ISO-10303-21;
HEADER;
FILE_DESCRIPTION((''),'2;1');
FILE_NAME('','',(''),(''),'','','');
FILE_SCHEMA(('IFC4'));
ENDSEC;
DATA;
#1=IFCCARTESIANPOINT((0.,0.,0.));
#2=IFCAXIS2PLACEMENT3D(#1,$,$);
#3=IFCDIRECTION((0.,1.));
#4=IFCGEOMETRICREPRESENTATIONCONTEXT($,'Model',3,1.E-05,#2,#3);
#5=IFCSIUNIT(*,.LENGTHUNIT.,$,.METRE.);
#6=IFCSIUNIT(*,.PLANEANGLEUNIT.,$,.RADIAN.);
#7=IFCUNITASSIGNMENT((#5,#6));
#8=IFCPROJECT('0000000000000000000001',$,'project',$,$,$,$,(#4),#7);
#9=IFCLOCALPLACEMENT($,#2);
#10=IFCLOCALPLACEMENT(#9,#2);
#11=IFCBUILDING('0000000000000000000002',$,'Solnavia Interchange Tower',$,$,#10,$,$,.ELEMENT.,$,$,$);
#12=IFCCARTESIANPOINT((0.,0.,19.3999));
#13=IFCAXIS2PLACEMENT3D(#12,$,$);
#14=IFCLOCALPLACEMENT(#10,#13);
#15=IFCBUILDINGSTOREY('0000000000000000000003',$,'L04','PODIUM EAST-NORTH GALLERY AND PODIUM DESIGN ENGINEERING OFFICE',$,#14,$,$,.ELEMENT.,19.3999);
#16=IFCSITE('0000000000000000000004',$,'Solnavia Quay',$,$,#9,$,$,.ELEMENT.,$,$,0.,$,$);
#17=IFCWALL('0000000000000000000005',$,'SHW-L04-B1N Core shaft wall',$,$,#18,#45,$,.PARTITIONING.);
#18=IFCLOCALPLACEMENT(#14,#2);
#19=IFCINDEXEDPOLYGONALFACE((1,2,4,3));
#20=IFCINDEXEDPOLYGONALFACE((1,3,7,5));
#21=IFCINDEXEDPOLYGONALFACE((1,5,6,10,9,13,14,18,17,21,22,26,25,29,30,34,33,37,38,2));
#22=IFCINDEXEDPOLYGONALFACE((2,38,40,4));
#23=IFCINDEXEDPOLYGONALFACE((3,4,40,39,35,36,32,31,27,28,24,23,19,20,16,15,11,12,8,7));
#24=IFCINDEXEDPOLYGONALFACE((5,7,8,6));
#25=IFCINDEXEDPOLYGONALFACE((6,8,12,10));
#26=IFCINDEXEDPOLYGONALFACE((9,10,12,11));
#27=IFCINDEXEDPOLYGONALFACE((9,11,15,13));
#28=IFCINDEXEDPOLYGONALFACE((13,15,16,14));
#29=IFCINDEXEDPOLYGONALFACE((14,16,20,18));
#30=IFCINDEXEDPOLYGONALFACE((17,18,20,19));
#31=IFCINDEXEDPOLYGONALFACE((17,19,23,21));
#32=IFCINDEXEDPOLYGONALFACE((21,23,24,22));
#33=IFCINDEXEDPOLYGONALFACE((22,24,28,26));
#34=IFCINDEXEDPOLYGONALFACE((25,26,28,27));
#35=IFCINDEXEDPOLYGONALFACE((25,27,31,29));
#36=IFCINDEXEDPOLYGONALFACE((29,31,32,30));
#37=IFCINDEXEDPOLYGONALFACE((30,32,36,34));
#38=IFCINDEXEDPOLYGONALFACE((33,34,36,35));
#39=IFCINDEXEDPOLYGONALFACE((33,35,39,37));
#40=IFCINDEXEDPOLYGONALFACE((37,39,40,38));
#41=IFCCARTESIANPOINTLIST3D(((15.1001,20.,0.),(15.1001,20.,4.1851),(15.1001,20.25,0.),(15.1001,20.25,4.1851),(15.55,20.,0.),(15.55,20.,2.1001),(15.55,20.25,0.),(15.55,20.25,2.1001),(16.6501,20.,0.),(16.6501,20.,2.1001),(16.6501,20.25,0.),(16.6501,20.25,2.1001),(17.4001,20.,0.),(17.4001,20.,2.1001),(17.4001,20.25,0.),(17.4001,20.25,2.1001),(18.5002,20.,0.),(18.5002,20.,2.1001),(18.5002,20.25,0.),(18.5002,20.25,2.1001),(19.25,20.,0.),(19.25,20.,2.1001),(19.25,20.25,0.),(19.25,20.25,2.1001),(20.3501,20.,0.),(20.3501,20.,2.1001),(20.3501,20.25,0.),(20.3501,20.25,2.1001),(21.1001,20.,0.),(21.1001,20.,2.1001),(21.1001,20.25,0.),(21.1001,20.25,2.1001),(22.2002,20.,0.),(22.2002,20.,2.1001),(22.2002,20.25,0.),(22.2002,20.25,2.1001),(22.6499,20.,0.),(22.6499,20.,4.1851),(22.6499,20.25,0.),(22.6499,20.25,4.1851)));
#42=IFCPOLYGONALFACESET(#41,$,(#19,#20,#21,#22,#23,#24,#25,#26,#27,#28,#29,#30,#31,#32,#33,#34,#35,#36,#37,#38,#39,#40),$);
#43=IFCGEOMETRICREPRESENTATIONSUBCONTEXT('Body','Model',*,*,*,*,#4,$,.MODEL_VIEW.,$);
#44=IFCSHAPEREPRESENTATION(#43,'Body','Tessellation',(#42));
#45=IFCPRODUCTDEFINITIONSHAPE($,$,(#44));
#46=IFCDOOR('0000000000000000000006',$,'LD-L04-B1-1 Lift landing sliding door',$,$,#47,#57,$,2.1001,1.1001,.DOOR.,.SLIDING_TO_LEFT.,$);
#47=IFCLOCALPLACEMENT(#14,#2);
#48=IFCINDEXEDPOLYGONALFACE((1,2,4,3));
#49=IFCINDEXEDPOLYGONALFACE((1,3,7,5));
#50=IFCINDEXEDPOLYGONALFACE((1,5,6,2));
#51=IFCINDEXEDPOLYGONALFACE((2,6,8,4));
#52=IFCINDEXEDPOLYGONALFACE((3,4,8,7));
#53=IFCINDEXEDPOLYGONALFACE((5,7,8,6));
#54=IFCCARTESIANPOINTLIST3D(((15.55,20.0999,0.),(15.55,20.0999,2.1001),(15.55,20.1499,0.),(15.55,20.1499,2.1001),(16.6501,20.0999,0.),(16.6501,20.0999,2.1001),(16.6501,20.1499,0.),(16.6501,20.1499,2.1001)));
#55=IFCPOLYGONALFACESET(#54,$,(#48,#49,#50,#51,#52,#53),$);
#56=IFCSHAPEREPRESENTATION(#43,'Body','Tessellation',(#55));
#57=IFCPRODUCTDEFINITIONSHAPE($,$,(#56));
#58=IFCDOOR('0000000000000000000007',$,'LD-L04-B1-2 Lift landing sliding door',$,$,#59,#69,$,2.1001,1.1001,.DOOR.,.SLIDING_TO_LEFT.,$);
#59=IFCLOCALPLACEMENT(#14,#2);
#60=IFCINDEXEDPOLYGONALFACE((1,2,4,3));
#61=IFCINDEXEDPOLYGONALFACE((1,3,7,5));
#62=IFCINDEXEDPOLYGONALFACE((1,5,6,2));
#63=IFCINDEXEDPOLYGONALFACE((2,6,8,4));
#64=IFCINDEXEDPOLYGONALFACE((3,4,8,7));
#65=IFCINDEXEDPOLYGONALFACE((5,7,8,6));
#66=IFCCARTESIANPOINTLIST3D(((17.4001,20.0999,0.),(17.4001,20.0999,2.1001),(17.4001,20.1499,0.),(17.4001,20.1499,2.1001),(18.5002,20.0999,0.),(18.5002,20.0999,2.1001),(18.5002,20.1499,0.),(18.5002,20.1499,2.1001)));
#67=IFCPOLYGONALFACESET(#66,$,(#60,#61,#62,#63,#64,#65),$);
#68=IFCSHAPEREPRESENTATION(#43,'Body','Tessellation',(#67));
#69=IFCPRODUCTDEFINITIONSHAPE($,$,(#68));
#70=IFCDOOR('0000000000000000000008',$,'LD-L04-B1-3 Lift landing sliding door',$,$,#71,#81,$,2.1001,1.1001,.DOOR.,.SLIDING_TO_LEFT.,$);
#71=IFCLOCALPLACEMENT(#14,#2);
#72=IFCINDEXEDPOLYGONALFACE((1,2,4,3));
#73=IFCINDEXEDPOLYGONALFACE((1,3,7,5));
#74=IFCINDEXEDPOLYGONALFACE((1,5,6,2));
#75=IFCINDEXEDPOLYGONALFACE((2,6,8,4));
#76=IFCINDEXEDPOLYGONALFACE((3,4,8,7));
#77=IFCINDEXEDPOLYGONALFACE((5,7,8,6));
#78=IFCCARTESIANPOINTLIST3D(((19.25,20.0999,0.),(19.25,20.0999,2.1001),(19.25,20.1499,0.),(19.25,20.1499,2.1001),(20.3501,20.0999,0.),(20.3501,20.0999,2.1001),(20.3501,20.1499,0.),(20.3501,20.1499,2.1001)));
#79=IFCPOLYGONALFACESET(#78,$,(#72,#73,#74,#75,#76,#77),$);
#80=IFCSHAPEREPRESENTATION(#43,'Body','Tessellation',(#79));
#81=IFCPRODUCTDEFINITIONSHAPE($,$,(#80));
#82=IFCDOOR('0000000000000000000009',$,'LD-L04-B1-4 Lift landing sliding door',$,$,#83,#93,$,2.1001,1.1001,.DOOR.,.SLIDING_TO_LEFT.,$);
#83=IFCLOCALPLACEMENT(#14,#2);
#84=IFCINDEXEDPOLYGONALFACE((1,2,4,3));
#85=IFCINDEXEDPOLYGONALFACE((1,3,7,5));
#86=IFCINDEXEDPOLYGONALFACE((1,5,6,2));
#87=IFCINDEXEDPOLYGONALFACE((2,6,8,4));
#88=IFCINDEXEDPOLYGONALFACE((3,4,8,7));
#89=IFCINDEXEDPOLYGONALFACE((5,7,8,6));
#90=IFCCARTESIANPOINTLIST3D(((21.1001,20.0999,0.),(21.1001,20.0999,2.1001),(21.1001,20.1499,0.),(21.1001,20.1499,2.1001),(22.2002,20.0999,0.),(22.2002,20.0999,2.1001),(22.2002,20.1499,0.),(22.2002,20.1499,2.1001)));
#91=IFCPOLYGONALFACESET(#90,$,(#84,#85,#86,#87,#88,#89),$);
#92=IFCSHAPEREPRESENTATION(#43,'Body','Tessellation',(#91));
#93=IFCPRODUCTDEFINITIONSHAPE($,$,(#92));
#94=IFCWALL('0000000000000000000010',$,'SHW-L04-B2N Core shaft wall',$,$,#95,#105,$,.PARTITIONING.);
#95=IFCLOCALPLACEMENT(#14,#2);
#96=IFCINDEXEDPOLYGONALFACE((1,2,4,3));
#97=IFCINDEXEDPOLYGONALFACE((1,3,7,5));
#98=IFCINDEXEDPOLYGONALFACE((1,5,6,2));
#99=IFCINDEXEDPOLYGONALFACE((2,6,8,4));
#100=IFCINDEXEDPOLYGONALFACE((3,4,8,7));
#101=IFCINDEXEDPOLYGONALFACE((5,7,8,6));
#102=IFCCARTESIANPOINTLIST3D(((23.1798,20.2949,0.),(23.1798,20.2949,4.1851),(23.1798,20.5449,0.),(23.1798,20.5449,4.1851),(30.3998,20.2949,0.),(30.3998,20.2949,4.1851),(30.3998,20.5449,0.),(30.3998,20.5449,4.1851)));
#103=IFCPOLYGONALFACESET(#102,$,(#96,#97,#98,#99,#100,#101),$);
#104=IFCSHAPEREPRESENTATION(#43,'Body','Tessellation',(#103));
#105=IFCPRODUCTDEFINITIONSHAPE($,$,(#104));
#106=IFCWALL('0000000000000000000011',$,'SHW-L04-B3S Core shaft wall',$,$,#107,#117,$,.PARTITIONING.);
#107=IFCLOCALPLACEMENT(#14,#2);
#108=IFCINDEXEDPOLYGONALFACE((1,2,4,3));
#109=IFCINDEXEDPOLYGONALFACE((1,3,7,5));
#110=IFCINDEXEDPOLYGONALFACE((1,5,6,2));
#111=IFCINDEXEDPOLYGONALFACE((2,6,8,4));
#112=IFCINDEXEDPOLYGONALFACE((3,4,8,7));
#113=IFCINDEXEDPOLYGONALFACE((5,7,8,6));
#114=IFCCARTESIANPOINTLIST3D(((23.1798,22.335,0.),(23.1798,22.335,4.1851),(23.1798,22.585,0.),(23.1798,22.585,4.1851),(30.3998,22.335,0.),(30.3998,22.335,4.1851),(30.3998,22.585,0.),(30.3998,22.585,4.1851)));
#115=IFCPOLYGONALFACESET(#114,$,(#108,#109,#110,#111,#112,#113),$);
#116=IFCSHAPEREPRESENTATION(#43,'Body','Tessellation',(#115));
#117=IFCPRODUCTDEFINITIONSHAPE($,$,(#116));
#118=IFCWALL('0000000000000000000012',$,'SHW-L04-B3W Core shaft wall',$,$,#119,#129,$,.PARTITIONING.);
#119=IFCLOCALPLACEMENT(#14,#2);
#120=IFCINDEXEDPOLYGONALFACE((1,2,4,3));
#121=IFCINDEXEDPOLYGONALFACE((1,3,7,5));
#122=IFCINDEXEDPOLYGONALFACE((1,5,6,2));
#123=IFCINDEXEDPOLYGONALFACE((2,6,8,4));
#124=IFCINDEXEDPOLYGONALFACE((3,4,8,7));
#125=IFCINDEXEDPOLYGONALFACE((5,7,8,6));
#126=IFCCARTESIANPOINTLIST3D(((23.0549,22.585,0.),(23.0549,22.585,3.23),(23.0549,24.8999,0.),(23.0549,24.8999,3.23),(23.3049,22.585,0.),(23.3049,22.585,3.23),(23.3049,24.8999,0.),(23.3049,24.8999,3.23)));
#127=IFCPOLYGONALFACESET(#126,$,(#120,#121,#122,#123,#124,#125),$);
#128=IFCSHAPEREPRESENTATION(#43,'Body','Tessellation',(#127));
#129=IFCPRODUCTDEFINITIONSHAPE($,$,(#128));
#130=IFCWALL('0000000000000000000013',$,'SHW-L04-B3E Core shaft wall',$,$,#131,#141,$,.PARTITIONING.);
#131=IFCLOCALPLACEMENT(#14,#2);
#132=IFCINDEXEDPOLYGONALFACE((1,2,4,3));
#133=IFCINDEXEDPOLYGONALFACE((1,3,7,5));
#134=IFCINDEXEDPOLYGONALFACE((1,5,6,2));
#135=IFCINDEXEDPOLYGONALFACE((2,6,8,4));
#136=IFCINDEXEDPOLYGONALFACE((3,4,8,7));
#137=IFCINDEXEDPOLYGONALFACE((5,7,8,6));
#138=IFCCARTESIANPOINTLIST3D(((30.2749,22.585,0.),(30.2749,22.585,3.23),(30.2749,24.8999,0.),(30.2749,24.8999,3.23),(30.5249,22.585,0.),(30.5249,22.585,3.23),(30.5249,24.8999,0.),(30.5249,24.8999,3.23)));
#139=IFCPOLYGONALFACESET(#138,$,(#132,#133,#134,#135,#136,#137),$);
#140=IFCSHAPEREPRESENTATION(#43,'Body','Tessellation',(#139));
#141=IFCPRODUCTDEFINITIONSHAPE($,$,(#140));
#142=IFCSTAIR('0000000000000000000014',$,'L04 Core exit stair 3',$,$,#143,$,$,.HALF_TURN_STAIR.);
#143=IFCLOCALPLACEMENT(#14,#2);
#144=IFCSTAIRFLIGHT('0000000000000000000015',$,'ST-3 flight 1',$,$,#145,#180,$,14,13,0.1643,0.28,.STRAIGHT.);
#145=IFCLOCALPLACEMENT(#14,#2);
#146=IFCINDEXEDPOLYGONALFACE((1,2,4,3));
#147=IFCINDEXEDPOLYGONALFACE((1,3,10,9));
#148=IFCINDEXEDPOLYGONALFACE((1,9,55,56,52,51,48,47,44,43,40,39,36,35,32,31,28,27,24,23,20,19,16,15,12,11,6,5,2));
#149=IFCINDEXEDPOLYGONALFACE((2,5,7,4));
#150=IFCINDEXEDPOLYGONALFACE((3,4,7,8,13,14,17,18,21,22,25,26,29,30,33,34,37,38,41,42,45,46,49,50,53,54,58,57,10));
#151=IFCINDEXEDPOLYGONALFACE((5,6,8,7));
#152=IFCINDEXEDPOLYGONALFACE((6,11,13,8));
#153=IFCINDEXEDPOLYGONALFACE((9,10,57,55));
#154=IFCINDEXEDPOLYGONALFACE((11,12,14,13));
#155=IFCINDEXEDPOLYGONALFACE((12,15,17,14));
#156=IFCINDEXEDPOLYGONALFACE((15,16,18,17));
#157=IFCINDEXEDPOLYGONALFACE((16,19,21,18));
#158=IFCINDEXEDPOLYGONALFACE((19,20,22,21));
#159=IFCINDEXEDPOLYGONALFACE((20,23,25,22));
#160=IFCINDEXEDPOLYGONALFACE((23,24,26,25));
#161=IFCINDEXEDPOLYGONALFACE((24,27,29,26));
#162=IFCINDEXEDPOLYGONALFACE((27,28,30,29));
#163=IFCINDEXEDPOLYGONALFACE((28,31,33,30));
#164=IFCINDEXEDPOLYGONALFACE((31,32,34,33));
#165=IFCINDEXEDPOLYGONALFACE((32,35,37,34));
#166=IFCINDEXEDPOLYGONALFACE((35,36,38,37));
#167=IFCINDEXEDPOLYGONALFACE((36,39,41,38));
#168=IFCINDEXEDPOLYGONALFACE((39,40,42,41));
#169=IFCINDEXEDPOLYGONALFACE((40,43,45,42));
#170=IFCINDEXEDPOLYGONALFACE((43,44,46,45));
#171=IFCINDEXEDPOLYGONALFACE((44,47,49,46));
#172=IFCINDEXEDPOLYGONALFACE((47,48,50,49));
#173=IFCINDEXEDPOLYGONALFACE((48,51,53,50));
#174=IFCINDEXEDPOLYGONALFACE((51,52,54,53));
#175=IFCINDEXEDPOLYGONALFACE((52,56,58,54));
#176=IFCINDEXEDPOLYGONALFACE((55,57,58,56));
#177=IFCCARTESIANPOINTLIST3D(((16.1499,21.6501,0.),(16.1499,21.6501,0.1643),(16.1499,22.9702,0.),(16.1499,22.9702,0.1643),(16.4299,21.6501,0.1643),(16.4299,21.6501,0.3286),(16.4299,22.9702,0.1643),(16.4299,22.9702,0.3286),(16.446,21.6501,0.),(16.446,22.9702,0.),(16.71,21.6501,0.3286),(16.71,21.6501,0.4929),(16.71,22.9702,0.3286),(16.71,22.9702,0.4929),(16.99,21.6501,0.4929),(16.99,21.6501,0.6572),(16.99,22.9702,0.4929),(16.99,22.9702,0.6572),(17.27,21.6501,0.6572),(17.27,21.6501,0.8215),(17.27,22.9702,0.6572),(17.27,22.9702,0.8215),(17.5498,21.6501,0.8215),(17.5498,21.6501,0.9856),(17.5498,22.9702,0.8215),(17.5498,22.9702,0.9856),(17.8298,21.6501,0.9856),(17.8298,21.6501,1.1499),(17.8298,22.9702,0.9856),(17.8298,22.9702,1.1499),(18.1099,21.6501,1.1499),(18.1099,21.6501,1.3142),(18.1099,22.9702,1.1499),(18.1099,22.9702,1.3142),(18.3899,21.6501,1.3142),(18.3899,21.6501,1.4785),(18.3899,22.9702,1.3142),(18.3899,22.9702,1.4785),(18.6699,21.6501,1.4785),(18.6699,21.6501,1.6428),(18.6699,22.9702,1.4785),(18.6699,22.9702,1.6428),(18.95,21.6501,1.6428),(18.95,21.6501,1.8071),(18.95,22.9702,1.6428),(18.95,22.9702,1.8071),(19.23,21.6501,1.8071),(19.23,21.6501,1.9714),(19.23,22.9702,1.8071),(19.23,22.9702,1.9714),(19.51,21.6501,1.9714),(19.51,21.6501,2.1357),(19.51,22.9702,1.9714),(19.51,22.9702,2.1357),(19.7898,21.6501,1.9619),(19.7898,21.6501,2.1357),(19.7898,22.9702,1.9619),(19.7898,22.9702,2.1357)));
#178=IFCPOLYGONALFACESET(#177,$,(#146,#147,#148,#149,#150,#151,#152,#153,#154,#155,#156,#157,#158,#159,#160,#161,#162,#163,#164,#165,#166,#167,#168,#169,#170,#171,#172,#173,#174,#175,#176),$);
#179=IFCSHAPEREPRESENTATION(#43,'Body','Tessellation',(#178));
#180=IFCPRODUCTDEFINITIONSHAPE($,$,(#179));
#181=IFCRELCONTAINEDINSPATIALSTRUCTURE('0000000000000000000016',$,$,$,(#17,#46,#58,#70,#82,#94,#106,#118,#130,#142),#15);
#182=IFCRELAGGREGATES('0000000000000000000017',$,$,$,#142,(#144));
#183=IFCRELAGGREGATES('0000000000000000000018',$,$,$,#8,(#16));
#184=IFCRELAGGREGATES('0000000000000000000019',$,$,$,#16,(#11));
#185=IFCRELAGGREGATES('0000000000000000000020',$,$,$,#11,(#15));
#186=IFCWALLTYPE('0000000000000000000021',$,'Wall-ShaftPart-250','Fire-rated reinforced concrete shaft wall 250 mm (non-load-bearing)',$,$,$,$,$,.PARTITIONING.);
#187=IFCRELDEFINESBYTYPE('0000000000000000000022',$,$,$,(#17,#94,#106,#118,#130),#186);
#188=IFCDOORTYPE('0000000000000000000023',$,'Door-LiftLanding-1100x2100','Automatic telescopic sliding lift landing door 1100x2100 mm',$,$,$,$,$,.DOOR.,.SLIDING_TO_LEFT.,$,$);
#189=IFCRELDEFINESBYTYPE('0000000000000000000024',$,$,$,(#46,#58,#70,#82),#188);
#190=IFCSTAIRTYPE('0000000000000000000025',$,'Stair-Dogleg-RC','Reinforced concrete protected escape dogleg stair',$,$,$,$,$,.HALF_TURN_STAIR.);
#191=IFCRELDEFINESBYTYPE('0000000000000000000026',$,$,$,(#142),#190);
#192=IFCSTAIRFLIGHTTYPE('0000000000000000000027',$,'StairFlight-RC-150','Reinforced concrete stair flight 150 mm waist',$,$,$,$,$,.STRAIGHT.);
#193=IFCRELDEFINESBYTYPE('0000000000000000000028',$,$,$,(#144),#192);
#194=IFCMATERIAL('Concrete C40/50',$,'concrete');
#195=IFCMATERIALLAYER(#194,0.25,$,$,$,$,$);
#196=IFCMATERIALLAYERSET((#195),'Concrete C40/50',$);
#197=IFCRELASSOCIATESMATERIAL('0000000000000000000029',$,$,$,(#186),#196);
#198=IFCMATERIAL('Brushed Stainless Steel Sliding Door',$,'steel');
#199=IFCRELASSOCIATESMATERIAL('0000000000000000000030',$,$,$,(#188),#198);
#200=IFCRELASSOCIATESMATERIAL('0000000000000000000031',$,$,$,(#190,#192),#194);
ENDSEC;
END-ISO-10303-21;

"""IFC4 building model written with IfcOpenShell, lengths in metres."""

from ifc_helpers import new_model, si_unit, direction, frame, frame_2d, origin, place, context, subcontext, project, spatial, polyline, rectangle, outline, extrude, material, layer, layer_set, type_object, element, fill, aggregate, save


model = new_model("IFC4")

# Units and contexts
model_context = context("Model", 3, precision=1e-05, world=origin(), true_north=direction((0.0, 1.0)))
body_context = subcontext(model_context, "Body", "Model", "MODEL_VIEW")
ifc_project = project(units=[si_unit("LENGTHUNIT", "METRE"), si_unit("PLANEANGLEUNIT", "RADIAN")], contexts=[model_context])

# Site, building, storey
site_placement = place(None, origin())
site = spatial("IfcSite", under=ifc_project, at=site_placement, Name="Solnavia Quay", CompositionType="ELEMENT", RefElevation=0.0)
building_placement = place(site_placement, origin())
building = spatial("IfcBuilding", under=site, at=building_placement, Name="Solnavia Interchange Tower", CompositionType="ELEMENT")
storey_placement = place(building_placement, frame((0.0, 0.0, 19.3999)))
storey = spatial("IfcBuildingStorey", under=building, at=storey_placement, Name="L04", Description="PODIUM EAST-NORTH GALLERY AND PODIUM DESIGN ENGINEERING OFFICE", CompositionType="ELEMENT", Elevation=19.3999)

# Shared definitions
ifc_material_1 = material(Name="Concrete C40/50", Category="concrete")

# Wall, openings, doors
ifc_layer_1 = layer(ifc_material_1, 0.25)
ifc_layer_set_1 = layer_set([ifc_layer_1], Name="Concrete C40/50")
wall_type_1 = type_object("IfcWallType", Name="Wall-ShaftPart-250", Description="Fire-rated reinforced concrete shaft wall 250 mm (non-load-bearing)", PredefinedType="PARTITIONING", material=ifc_layer_set_1)
wall_1_placement = place(storey_placement, frame((15.1001, 20.125, 0.0), z_axis=(0.0, 0.0, 1.0), x_axis=(1.0, 0.0, 0.0)))
wall_1 = element("IfcWall", 1, at=wall_1_placement, inside=storey, type_object=wall_type_1, Name="SHW-L04-B1N Core shaft wall", PredefinedType="PARTITIONING", context=body_context, shape_type="SweptSolid", body=[
    extrude(rectangle(XDim=7.5498, YDim=0.25, at=frame_2d((3.7749, 0.0))), origin(), (0.0, 0.0, 1.0), 4.1851),
])
opening_1_placement = place(wall_1_placement, frame((0.45, 0.0, 0.0)))
opening_1 = element("IfcOpeningElement", 2, at=opening_1_placement, cuts=wall_1, PredefinedType="OPENING", context=body_context, shape_type="SweptSolid", body=[
    extrude(rectangle(XDim=1.1001, YDim=2.1001, at=frame_2d((0.55, 1.05))), frame((0.0, 0.135, 0.0), z_axis=(0.0, -1.0, 0.0), x_axis=(1.0, 0.0, 0.0)), (0.0, 0.0, 1.0), 0.27),
])
opening_2_placement = place(wall_1_placement, frame((2.3, 0.0, 0.0)))
opening_2 = element("IfcOpeningElement", 3, at=opening_2_placement, cuts=wall_1, PredefinedType="OPENING", context=body_context, shape_type="SweptSolid", body=[
    extrude(rectangle(XDim=1.1001, YDim=2.1001, at=frame_2d((0.55, 1.05))), frame((0.0, 0.135, 0.0), z_axis=(0.0, -1.0, 0.0), x_axis=(1.0, 0.0, 0.0)), (0.0, 0.0, 1.0), 0.27),
])
opening_3_placement = place(wall_1_placement, frame((4.1499, 0.0, 0.0)))
opening_3 = element("IfcOpeningElement", 4, at=opening_3_placement, cuts=wall_1, PredefinedType="OPENING", context=body_context, shape_type="SweptSolid", body=[
    extrude(rectangle(XDim=1.1001, YDim=2.1001, at=frame_2d((0.55, 1.05))), frame((0.0, 0.135, 0.0), z_axis=(0.0, -1.0, 0.0), x_axis=(1.0, 0.0, 0.0)), (0.0, 0.0, 1.0), 0.27),
])
opening_4_placement = place(wall_1_placement, frame((6.0, 0.0, 0.0)))
opening_4 = element("IfcOpeningElement", 5, at=opening_4_placement, cuts=wall_1, PredefinedType="OPENING", context=body_context, shape_type="SweptSolid", body=[
    extrude(rectangle(XDim=1.1001, YDim=2.1001, at=frame_2d((0.55, 1.05))), frame((0.0, 0.135, 0.0), z_axis=(0.0, -1.0, 0.0), x_axis=(1.0, 0.0, 0.0)), (0.0, 0.0, 1.0), 0.27),
])
ifc_material_2 = material(Name="Brushed Stainless Steel Sliding Door", Category="steel")
door_type = type_object("IfcDoorType", Name="Door-LiftLanding-1100x2100", Description="Automatic telescopic sliding lift landing door 1100x2100 mm", OperationType="SLIDING_TO_LEFT", PredefinedType="DOOR", material=ifc_material_2)
door_1_placement = place(opening_1_placement, origin())
door_1 = element("IfcDoor", 6, at=door_1_placement, inside=storey, type_object=door_type, Name="LD-L04-B1-1 Lift landing sliding door", OperationType="SLIDING_TO_LEFT", OverallHeight=2.1001, OverallWidth=1.1001, PredefinedType="DOOR", context=body_context, shape_type="SweptSolid", body=[
    extrude(rectangle(XDim=1.1001, YDim=2.1001, at=frame_2d((0.55, 1.05))), frame((0.0, 0.0249, 0.0), z_axis=(0.0, -1.0, 0.0), x_axis=(1.0, 0.0, 0.0)), (0.0, 0.0, 1.0), 0.05),
])
fill(opening_1, door_1)
door_2_placement = place(opening_2_placement, origin())
door_2 = element("IfcDoor", 7, at=door_2_placement, inside=storey, type_object=door_type, Name="LD-L04-B1-2 Lift landing sliding door", OperationType="SLIDING_TO_LEFT", OverallHeight=2.1001, OverallWidth=1.1001, PredefinedType="DOOR", context=body_context, shape_type="SweptSolid", body=[
    extrude(rectangle(XDim=1.1001, YDim=2.1001, at=frame_2d((0.55, 1.05))), frame((0.0, 0.0249, 0.0), z_axis=(0.0, -1.0, 0.0), x_axis=(1.0, 0.0, 0.0)), (0.0, 0.0, 1.0), 0.05),
])
fill(opening_2, door_2)
door_3_placement = place(opening_3_placement, origin())
door_3 = element("IfcDoor", 8, at=door_3_placement, inside=storey, type_object=door_type, Name="LD-L04-B1-3 Lift landing sliding door", OperationType="SLIDING_TO_LEFT", OverallHeight=2.1001, OverallWidth=1.1001, PredefinedType="DOOR", context=body_context, shape_type="SweptSolid", body=[
    extrude(rectangle(XDim=1.1001, YDim=2.1001, at=frame_2d((0.55, 1.05))), frame((0.0, 0.0249, 0.0), z_axis=(0.0, -1.0, 0.0), x_axis=(1.0, 0.0, 0.0)), (0.0, 0.0, 1.0), 0.05),
])
fill(opening_3, door_3)
door_4_placement = place(opening_4_placement, origin())
door_4 = element("IfcDoor", 9, at=door_4_placement, inside=storey, type_object=door_type, Name="LD-L04-B1-4 Lift landing sliding door", OperationType="SLIDING_TO_LEFT", OverallHeight=2.1001, OverallWidth=1.1001, PredefinedType="DOOR", context=body_context, shape_type="SweptSolid", body=[
    extrude(rectangle(XDim=1.1001, YDim=2.1001, at=frame_2d((0.55, 1.05))), frame((0.0, 0.0249, 0.0), z_axis=(0.0, -1.0, 0.0), x_axis=(1.0, 0.0, 0.0)), (0.0, 0.0, 1.0), 0.05),
])
fill(opening_4, door_4)

# Walls
for number, where, z_axis, x_axis, name in (
    (10, (23.1799, 20.4199, 0.0), (0.0, 0.0, 1.0), (1.0, 0.0, 0.0), "SHW-L04-B2N Core shaft wall"),
    (11, (23.1799, 22.46, 0.0), (0.0, 0.0, 1.0), (1.0, 0.0, 0.0), "SHW-L04-B3S Core shaft wall"),
):
    element("IfcWall", number, at=place(storey_placement, frame(where, z_axis=z_axis, x_axis=x_axis)), inside=storey, type_object=wall_type_1, Name=name, PredefinedType="PARTITIONING", context=body_context, shape_type="SweptSolid", body=[
        extrude(rectangle(XDim=7.22, YDim=0.25, at=frame_2d((3.6099, 0.0))), origin(), (0.0, 0.0, 1.0), 4.1851),
    ])
for number, where, z_axis, x_axis, name in (
    (12, (23.1799, 22.585, 0.0), (0.0, 0.0, 1.0), (0.0, 1.0, 0.0), "SHW-L04-B3W Core shaft wall"),
    (13, (30.3999, 22.585, 0.0), (0.0, 0.0, 1.0), (0.0, 1.0, 0.0), "SHW-L04-B3E Core shaft wall"),
):
    element("IfcWall", number, at=place(storey_placement, frame(where, z_axis=z_axis, x_axis=x_axis)), inside=storey, type_object=wall_type_1, Name=name, PredefinedType="PARTITIONING", context=body_context, shape_type="SweptSolid", body=[
        extrude(rectangle(XDim=2.3149, YDim=0.25, at=frame_2d((1.1575, 0.0))), origin(), (0.0, 0.0, 1.0), 3.23),
    ])

# Stair, stair flight
stair_type = type_object("IfcStairType", Name="Stair-Dogleg-RC", Description="Reinforced concrete protected escape dogleg stair", PredefinedType="HALF_TURN_STAIR", material=ifc_material_1)
stair_placement = place(storey_placement, origin())
stair = element("IfcStair", 14, at=stair_placement, inside=storey, type_object=stair_type, Name="L04 Core exit stair 3", PredefinedType="HALF_TURN_STAIR")
stair_flight_type = type_object("IfcStairFlightType", Name="StairFlight-RC-150", Description="Reinforced concrete stair flight 150 mm waist", PredefinedType="STRAIGHT", material=ifc_material_1)
stair_flight_1_placement = place(storey_placement, frame((16.1499, 22.3101, 0.0), z_axis=(0.0, 0.0, 1.0), x_axis=(1.0, 0.0, 0.0)))
stair_flight_1 = element("IfcStairFlight", 15, at=stair_flight_1_placement, type_object=stair_flight_type, Name="ST-3 flight 1", NumberOfRisers=14, NumberOfTreads=13, PredefinedType="STRAIGHT", RiserHeight=0.1643, TreadLength=0.28, context=body_context, shape_type="SweptSolid", body=[
    extrude(outline(polyline([(0.0, 0.0), (0.0, 0.1643), (0.28, 0.1643), (0.28, 0.3286), (0.5601, 0.3286), (0.5601, 0.4929), (0.8401, 0.4929), (0.8401, 0.6572), (1.1201, 0.6572), (1.1201, 0.8215), (1.3999, 0.8215), (1.3999, 0.9856), (1.6799, 0.9856), (1.6799, 1.1499), (1.96, 1.1499), (1.96, 1.3142), (2.24, 1.3142), (2.24, 1.4785), (2.52, 1.4785), (2.52, 1.6428), (2.8, 1.6428), (2.8, 1.8071), (3.0801, 1.8071), (3.0801, 1.9714), (3.3601, 1.9714), (3.3601, 2.1357), (3.6399, 2.1357), (3.6399, 2.3), (3.6399, 1.9619), (0.2961, 0.0), (0.0, 0.0)])), frame((0.0, 0.6602, 0.0), z_axis=(0.0, -1.0, 0.0), x_axis=(1.0, 0.0, 0.0)), (0.0, 0.0, 1.0), 1.3201),
])
aggregate(stair, [stair_flight_1])

save(model, "model.ifc")
